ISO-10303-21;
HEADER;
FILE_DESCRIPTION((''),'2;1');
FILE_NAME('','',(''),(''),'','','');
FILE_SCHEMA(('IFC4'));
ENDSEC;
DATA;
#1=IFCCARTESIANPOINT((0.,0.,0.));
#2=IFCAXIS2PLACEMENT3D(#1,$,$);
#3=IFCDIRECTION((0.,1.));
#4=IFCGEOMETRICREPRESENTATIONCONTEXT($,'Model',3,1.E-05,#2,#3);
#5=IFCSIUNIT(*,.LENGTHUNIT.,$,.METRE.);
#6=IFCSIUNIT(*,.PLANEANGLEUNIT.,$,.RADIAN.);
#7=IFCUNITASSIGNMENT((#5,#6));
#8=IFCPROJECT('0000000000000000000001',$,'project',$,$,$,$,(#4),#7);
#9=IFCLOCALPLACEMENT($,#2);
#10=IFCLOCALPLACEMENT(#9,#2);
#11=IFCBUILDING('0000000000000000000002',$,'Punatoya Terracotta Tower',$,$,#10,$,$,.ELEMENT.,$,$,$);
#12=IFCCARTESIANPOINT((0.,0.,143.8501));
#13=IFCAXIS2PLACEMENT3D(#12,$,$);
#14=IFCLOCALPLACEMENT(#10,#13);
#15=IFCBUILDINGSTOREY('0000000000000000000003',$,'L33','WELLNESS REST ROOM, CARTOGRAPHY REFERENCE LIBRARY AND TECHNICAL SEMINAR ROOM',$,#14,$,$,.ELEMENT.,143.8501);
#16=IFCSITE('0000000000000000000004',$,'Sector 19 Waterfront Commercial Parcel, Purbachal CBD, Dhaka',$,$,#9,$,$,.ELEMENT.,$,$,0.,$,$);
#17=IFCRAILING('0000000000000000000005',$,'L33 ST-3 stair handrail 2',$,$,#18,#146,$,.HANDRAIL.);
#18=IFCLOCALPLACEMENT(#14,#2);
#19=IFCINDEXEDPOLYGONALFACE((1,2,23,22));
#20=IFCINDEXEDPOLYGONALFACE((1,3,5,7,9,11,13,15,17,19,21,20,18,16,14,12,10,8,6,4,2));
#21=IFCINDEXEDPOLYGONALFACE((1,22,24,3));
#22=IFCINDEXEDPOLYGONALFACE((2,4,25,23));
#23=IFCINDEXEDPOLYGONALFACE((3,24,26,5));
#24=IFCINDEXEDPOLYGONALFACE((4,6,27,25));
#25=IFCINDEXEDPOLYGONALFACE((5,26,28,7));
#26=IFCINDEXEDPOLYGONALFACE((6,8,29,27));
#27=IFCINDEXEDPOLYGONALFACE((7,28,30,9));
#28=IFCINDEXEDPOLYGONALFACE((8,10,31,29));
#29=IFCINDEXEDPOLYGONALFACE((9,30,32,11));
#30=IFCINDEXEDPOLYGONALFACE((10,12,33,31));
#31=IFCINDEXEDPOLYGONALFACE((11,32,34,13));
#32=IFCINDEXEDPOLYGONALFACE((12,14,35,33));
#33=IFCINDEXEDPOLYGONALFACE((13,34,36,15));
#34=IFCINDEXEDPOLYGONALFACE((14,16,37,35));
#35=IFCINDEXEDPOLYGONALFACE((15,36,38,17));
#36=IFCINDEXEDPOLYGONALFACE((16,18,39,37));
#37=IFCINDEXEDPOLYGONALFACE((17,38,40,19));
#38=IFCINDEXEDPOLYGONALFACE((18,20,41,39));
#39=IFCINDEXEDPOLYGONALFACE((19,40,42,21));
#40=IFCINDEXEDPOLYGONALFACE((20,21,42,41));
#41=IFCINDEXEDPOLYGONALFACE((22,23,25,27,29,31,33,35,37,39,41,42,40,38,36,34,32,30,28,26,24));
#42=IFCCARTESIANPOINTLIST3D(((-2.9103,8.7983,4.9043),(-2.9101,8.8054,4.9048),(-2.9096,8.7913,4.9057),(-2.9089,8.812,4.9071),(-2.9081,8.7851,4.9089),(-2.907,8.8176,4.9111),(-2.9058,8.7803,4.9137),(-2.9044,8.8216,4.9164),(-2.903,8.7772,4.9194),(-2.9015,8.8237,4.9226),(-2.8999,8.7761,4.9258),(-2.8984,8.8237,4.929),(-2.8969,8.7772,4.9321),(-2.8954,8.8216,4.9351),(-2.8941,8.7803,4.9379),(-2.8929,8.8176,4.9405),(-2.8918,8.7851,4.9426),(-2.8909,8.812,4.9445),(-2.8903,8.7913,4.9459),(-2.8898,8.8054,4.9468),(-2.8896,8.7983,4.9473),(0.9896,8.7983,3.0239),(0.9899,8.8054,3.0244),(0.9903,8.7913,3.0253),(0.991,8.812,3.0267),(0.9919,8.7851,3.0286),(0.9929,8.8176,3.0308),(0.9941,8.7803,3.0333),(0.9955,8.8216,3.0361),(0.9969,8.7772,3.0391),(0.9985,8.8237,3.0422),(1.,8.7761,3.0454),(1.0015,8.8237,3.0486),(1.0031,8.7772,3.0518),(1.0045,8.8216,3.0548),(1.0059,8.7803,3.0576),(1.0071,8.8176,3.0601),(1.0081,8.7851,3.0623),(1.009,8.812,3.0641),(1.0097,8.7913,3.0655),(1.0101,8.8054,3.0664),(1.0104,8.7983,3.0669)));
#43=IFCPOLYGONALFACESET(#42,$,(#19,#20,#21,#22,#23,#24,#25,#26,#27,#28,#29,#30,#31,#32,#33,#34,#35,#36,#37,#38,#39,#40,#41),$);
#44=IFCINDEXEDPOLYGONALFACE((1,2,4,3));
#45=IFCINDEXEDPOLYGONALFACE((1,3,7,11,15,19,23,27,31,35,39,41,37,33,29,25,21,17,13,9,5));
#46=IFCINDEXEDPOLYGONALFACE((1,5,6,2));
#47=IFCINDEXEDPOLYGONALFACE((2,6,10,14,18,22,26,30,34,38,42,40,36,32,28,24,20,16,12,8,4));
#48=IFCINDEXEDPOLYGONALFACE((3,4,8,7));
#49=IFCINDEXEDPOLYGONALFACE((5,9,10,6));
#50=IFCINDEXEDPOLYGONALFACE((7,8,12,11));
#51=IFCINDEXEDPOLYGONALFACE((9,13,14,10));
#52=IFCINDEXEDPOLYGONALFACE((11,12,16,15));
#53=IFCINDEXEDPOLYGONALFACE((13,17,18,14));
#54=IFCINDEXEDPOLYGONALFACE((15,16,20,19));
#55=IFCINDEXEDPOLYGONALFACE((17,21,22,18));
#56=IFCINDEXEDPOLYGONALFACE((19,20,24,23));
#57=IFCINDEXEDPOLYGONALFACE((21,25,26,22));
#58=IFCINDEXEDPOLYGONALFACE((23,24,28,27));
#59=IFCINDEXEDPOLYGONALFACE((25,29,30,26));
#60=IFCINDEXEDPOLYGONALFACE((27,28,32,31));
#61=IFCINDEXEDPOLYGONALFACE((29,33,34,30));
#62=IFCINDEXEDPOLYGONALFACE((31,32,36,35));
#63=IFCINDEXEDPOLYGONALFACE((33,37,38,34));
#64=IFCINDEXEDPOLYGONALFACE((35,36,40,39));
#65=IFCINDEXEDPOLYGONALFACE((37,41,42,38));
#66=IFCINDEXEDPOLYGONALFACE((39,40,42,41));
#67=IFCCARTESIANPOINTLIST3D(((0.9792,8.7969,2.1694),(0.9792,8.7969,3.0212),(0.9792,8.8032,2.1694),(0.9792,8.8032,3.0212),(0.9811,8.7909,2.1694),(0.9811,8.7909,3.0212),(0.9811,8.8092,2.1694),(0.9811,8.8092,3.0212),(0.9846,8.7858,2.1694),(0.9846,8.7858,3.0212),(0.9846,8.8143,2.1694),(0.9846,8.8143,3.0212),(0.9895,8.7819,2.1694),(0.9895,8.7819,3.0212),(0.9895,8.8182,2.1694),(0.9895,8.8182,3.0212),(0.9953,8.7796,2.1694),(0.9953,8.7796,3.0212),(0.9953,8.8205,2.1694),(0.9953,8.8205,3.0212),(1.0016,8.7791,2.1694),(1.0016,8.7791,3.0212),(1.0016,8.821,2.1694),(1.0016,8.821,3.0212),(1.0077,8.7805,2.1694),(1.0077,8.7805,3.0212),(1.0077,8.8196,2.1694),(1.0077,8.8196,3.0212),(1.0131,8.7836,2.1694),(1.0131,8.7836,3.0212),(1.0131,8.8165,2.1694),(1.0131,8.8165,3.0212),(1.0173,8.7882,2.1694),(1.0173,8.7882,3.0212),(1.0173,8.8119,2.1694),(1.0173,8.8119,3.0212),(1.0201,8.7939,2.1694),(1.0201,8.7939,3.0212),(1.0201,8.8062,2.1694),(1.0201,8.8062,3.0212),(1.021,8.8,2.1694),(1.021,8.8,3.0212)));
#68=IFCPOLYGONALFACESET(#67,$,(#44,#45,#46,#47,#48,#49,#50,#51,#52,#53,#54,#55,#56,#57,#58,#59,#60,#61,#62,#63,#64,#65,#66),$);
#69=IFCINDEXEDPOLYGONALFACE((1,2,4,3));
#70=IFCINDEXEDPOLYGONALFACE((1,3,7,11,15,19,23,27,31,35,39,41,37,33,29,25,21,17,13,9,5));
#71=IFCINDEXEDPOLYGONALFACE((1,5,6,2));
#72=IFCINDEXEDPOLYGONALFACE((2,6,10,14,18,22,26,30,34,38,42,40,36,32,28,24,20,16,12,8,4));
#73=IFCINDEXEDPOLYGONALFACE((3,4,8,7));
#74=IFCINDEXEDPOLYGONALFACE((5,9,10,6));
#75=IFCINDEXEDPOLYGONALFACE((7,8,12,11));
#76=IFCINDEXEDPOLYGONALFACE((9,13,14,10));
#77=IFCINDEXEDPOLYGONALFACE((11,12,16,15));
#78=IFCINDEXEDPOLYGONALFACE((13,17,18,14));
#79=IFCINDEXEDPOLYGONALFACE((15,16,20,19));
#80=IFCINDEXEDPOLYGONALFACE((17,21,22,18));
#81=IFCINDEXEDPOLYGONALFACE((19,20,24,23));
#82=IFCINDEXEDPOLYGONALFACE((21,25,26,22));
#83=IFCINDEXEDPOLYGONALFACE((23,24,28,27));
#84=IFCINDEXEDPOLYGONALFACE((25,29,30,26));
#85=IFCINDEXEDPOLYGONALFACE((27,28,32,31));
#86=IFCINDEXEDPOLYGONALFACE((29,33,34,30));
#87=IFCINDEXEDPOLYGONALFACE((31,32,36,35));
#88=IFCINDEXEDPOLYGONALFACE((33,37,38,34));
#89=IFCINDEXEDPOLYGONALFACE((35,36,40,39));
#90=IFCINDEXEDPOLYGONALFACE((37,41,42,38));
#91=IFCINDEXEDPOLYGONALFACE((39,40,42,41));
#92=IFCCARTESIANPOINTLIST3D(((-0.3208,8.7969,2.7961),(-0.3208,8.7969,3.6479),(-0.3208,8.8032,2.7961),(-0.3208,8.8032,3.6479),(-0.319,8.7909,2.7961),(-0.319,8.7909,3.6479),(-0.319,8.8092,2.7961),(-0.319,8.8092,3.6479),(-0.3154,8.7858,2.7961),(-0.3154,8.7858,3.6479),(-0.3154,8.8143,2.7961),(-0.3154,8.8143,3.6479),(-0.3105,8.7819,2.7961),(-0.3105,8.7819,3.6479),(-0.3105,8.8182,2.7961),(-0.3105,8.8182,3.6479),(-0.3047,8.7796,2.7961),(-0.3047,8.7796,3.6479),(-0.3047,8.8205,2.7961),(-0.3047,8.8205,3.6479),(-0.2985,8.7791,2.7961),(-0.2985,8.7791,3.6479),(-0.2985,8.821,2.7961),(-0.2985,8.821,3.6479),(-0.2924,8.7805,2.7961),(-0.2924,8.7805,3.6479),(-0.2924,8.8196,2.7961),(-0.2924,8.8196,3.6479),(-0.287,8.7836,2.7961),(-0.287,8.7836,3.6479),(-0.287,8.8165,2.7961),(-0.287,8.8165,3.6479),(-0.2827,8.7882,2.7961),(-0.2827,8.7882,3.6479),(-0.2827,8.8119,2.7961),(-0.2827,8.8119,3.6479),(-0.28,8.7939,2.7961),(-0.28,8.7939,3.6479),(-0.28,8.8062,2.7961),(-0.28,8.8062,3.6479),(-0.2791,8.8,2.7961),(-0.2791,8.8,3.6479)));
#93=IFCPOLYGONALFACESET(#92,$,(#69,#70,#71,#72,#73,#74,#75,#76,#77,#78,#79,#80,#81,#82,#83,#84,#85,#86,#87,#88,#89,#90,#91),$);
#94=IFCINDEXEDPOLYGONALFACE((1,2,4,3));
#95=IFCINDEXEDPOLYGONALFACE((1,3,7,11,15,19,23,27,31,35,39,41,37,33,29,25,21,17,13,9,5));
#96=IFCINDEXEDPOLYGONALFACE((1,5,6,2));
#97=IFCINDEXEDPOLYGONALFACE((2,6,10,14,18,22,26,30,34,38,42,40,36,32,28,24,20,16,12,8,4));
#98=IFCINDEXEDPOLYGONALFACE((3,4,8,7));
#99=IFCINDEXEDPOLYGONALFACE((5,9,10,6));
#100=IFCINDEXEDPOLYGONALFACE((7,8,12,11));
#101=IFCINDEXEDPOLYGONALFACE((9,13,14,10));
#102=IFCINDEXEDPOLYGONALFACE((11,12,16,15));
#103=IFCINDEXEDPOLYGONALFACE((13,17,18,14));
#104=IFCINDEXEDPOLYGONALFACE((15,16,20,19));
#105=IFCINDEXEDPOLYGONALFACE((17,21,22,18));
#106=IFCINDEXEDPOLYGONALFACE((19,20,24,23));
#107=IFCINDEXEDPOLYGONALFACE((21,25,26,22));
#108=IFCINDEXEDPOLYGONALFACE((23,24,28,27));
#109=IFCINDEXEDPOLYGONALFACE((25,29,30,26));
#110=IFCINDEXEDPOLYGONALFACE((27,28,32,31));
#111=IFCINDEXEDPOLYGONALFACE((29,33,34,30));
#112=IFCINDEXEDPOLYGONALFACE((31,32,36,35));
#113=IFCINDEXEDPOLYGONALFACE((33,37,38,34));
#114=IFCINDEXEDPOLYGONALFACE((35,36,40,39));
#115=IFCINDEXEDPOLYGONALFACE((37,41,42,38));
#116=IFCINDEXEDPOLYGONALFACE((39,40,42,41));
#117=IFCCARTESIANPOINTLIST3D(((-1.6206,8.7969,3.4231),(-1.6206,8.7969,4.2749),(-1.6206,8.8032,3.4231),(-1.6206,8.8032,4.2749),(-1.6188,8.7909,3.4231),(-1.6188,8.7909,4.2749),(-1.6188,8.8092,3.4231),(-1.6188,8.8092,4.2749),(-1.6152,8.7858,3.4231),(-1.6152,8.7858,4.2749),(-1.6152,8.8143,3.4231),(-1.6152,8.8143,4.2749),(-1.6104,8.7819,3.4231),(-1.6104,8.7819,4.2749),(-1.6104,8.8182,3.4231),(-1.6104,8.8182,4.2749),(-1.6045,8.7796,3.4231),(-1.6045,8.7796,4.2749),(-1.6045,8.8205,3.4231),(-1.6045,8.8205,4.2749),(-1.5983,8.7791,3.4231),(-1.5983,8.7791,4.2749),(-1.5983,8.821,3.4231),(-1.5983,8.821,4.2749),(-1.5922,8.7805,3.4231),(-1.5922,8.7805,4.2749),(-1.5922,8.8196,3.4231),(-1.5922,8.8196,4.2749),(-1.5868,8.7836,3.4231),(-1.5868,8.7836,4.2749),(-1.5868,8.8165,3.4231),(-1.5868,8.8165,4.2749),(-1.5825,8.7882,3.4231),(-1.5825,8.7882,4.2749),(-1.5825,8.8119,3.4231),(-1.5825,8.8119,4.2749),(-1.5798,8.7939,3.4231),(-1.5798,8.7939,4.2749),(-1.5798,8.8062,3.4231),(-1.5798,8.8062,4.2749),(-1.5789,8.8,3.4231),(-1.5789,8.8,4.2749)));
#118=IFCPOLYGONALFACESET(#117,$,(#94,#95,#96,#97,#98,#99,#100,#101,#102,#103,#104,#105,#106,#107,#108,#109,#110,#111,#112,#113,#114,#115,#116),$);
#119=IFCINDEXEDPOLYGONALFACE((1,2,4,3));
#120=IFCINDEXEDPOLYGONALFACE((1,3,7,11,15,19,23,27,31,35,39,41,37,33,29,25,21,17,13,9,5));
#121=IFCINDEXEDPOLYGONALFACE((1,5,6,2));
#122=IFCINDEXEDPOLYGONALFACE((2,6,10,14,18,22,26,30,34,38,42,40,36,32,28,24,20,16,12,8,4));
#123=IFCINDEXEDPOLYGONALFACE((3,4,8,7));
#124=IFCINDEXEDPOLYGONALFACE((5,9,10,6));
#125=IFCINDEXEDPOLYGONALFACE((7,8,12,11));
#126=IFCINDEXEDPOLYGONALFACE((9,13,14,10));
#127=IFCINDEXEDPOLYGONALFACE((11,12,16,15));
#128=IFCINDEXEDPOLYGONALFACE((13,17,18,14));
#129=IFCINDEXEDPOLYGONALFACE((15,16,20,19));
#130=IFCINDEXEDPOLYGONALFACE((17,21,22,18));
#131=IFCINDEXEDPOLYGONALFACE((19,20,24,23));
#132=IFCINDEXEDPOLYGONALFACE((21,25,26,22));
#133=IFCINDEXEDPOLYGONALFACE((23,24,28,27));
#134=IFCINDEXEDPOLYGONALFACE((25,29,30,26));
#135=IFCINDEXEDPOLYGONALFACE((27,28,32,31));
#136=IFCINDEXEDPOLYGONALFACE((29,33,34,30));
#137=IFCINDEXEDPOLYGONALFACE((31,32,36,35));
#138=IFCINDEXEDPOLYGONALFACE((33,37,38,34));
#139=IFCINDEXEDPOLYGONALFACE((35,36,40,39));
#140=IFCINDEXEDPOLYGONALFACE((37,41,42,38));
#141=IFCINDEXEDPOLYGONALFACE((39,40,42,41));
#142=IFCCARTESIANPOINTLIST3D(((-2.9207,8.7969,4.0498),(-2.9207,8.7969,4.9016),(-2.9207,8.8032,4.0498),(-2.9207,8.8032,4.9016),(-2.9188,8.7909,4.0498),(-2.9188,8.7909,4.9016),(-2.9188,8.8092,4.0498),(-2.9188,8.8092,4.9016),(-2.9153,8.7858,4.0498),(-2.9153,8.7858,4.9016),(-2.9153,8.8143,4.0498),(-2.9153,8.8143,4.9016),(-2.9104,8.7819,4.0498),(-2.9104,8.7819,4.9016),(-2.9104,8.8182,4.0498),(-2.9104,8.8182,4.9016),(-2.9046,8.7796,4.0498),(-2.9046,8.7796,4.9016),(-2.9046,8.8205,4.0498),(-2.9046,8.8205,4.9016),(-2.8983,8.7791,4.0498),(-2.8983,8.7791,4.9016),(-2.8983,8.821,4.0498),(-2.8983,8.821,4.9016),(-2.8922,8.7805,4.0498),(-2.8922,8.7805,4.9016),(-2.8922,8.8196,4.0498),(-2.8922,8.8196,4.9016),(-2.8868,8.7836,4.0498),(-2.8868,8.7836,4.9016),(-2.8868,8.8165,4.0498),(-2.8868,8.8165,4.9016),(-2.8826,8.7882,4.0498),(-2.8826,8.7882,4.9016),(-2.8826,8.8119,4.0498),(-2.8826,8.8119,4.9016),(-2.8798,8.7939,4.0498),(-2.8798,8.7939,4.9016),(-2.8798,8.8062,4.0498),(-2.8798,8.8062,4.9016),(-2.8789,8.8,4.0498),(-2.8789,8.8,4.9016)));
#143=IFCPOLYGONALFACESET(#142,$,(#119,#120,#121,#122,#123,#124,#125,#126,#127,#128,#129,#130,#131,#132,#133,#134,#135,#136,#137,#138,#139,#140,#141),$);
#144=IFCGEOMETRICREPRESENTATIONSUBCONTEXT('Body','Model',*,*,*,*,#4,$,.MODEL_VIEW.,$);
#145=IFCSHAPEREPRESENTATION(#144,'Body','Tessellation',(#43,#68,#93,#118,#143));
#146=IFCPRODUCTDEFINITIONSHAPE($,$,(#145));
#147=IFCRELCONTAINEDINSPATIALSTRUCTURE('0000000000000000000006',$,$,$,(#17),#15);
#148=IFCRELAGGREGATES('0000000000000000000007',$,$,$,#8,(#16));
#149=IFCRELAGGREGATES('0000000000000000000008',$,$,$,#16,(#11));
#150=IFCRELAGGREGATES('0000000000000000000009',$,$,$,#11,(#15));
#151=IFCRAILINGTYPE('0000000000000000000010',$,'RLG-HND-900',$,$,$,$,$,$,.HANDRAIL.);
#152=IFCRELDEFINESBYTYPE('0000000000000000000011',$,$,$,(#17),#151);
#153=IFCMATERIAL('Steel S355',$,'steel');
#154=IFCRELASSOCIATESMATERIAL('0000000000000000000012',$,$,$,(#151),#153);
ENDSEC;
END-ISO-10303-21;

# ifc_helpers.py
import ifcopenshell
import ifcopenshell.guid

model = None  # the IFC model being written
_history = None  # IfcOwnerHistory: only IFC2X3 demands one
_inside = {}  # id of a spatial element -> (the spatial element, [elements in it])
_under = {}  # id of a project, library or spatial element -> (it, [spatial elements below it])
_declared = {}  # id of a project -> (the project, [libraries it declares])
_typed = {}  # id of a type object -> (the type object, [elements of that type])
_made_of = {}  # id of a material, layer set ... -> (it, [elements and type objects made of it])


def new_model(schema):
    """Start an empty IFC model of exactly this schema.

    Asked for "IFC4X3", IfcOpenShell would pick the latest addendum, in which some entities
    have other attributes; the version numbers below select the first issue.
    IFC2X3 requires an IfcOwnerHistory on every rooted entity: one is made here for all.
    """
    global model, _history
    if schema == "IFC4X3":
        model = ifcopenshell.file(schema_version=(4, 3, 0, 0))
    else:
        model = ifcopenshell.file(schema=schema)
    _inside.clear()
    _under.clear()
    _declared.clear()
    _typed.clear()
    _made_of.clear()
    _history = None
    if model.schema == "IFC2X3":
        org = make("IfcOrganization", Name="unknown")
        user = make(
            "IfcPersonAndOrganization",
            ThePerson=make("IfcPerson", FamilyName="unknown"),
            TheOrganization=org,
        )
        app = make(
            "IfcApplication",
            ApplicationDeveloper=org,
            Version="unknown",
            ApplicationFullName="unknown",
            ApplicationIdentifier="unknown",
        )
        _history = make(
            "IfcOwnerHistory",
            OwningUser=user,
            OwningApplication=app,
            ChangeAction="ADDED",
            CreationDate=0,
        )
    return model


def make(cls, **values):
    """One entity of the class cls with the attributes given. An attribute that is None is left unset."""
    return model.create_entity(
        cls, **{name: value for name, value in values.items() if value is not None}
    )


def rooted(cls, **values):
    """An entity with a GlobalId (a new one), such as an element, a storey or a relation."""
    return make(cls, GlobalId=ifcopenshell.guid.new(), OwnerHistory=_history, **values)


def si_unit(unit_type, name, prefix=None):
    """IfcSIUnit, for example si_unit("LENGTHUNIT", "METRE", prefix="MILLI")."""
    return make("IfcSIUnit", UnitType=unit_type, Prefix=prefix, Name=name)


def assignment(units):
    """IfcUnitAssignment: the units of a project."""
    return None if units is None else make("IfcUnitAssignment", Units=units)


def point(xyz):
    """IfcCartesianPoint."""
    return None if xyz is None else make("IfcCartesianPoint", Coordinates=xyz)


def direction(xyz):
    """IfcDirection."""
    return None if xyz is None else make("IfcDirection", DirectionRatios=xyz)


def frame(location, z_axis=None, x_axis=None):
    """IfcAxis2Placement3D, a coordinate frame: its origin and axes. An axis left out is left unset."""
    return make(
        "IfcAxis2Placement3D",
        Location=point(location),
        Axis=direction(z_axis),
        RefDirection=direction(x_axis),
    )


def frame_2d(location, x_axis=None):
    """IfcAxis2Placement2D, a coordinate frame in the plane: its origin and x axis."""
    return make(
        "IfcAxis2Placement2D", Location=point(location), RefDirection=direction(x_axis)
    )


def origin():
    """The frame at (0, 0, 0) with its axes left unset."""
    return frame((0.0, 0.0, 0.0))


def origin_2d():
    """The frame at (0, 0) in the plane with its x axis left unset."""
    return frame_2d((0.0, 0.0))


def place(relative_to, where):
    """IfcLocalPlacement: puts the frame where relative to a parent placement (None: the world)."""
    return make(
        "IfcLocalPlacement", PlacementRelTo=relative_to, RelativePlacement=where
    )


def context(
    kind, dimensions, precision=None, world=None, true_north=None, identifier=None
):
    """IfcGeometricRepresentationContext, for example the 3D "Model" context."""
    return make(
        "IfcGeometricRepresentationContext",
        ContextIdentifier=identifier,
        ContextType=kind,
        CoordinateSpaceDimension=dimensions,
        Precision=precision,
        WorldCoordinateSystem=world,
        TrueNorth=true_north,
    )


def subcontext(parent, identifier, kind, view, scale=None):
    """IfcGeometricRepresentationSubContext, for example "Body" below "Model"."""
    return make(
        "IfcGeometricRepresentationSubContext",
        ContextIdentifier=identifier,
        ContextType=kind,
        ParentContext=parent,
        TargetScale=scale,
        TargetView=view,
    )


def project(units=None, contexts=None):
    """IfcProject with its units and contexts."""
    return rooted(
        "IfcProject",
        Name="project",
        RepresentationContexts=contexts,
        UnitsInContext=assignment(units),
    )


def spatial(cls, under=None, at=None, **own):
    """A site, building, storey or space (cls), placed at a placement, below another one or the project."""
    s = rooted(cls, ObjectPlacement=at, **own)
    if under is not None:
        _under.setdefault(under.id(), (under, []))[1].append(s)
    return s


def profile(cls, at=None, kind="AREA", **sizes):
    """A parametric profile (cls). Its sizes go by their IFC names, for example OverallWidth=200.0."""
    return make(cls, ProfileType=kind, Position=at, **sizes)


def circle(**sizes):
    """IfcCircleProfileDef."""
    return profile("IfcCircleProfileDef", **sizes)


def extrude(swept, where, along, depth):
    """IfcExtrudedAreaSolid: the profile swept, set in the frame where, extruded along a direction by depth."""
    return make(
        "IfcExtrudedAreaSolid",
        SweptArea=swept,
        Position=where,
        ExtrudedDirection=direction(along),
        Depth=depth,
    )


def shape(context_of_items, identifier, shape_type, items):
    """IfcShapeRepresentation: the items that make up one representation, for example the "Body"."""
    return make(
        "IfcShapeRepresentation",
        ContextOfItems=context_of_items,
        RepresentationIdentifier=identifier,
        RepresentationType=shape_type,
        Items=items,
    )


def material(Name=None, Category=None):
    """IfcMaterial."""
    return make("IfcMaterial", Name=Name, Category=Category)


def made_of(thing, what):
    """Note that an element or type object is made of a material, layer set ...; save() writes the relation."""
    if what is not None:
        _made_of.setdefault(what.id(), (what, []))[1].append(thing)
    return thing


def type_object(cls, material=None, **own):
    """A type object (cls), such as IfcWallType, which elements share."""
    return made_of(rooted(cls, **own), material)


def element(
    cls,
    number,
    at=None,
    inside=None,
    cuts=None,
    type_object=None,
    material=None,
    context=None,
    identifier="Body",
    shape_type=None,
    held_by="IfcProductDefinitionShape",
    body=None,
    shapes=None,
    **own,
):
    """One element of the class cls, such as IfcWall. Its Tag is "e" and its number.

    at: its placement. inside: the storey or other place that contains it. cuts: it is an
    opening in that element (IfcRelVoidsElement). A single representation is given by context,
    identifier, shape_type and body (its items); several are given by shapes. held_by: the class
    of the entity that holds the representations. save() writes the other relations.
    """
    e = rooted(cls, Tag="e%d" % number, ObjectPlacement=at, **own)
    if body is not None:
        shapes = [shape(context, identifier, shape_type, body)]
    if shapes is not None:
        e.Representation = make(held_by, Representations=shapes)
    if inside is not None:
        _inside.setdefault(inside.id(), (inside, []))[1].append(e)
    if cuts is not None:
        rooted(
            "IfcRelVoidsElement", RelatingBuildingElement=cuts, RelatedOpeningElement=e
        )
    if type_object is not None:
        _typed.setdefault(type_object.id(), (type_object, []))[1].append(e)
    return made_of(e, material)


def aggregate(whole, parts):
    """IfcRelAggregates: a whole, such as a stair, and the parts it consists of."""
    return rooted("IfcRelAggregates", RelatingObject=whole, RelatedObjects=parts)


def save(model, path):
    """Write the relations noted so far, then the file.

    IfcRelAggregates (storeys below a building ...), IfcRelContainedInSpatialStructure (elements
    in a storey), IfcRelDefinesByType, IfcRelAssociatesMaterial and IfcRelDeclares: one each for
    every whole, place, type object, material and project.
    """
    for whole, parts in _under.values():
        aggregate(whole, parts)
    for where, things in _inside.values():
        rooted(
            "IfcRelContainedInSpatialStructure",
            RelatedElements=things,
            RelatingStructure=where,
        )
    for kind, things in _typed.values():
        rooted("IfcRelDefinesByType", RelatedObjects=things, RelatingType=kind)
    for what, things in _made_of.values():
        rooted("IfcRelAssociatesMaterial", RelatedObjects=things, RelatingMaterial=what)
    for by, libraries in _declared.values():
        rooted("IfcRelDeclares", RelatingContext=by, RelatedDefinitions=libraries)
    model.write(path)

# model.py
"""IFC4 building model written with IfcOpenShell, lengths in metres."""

from ifc_helpers import new_model, si_unit, direction, frame, origin, origin_2d, place, context, subcontext, project, spatial, circle, extrude, material, type_object, element, save


model = new_model("IFC4")

# Units and contexts
model_context = context("Model", 3, precision=1e-05, world=origin(), true_north=direction((0.0, 1.0)))
body_context = subcontext(model_context, "Body", "Model", "MODEL_VIEW")
ifc_project = project(units=[si_unit("LENGTHUNIT", "METRE"), si_unit("PLANEANGLEUNIT", "RADIAN")], contexts=[model_context])

# Site, building, storey
site_placement = place(None, origin())
site = spatial("IfcSite", under=ifc_project, at=site_placement, Name="Sector 19 Waterfront Commercial Parcel, Purbachal CBD, Dhaka", CompositionType="ELEMENT", RefElevation=0.0)
building_placement = place(site_placement, origin())
building = spatial("IfcBuilding", under=site, at=building_placement, Name="Punatoya Terracotta Tower", CompositionType="ELEMENT")
storey_placement = place(building_placement, frame((0.0, 0.0, 143.8501)))
storey = spatial("IfcBuildingStorey", under=building, at=storey_placement, Name="L33", Description="WELLNESS REST ROOM, CARTOGRAPHY REFERENCE LIBRARY AND TECHNICAL SEMINAR ROOM", CompositionType="ELEMENT", Elevation=143.8501)

# Shared definitions
ifc_material_1 = material(Name="Steel S355", Category="steel")

# Railing
railing_type_1 = type_object("IfcRailingType", Name="RLG-HND-900", PredefinedType="HANDRAIL", material=ifc_material_1)
railing_1_placement = place(storey_placement, frame((1.0, 8.8, 2.1694)))
element("IfcRailing", 1, at=railing_1_placement, inside=storey, type_object=railing_type_1, Name="L33 ST-3 stair handrail 2", PredefinedType="HANDRAIL", context=body_context, shape_type="SweptSolid", body=[
    extrude(circle(Radius=0.0239, at=origin_2d()), frame((0.0, 0.0, 0.876), z_axis=(-0.900763, 0.0, 0.434311), x_axis=(0.0, -1.0, 0.0)), (0.0, 0.0, 1.0), 4.3296),
    extrude(circle(Radius=0.021, at=origin_2d()), origin(), (0.0, 0.0, 1.0), 0.8518),
    extrude(circle(Radius=0.021, at=origin_2d()), frame((-1.3, 0.0, 0.6267)), (0.0, 0.0, 1.0), 0.8518),
    extrude(circle(Radius=0.021, at=origin_2d()), frame((-2.5999, 0.0, 1.2537)), (0.0, 0.0, 1.0), 0.8518),
    extrude(circle(Radius=0.021, at=origin_2d()), frame((-3.8999, 0.0, 1.8804)), (0.0, 0.0, 1.0), 0.8518),
])

save(model, "model.ifc")
